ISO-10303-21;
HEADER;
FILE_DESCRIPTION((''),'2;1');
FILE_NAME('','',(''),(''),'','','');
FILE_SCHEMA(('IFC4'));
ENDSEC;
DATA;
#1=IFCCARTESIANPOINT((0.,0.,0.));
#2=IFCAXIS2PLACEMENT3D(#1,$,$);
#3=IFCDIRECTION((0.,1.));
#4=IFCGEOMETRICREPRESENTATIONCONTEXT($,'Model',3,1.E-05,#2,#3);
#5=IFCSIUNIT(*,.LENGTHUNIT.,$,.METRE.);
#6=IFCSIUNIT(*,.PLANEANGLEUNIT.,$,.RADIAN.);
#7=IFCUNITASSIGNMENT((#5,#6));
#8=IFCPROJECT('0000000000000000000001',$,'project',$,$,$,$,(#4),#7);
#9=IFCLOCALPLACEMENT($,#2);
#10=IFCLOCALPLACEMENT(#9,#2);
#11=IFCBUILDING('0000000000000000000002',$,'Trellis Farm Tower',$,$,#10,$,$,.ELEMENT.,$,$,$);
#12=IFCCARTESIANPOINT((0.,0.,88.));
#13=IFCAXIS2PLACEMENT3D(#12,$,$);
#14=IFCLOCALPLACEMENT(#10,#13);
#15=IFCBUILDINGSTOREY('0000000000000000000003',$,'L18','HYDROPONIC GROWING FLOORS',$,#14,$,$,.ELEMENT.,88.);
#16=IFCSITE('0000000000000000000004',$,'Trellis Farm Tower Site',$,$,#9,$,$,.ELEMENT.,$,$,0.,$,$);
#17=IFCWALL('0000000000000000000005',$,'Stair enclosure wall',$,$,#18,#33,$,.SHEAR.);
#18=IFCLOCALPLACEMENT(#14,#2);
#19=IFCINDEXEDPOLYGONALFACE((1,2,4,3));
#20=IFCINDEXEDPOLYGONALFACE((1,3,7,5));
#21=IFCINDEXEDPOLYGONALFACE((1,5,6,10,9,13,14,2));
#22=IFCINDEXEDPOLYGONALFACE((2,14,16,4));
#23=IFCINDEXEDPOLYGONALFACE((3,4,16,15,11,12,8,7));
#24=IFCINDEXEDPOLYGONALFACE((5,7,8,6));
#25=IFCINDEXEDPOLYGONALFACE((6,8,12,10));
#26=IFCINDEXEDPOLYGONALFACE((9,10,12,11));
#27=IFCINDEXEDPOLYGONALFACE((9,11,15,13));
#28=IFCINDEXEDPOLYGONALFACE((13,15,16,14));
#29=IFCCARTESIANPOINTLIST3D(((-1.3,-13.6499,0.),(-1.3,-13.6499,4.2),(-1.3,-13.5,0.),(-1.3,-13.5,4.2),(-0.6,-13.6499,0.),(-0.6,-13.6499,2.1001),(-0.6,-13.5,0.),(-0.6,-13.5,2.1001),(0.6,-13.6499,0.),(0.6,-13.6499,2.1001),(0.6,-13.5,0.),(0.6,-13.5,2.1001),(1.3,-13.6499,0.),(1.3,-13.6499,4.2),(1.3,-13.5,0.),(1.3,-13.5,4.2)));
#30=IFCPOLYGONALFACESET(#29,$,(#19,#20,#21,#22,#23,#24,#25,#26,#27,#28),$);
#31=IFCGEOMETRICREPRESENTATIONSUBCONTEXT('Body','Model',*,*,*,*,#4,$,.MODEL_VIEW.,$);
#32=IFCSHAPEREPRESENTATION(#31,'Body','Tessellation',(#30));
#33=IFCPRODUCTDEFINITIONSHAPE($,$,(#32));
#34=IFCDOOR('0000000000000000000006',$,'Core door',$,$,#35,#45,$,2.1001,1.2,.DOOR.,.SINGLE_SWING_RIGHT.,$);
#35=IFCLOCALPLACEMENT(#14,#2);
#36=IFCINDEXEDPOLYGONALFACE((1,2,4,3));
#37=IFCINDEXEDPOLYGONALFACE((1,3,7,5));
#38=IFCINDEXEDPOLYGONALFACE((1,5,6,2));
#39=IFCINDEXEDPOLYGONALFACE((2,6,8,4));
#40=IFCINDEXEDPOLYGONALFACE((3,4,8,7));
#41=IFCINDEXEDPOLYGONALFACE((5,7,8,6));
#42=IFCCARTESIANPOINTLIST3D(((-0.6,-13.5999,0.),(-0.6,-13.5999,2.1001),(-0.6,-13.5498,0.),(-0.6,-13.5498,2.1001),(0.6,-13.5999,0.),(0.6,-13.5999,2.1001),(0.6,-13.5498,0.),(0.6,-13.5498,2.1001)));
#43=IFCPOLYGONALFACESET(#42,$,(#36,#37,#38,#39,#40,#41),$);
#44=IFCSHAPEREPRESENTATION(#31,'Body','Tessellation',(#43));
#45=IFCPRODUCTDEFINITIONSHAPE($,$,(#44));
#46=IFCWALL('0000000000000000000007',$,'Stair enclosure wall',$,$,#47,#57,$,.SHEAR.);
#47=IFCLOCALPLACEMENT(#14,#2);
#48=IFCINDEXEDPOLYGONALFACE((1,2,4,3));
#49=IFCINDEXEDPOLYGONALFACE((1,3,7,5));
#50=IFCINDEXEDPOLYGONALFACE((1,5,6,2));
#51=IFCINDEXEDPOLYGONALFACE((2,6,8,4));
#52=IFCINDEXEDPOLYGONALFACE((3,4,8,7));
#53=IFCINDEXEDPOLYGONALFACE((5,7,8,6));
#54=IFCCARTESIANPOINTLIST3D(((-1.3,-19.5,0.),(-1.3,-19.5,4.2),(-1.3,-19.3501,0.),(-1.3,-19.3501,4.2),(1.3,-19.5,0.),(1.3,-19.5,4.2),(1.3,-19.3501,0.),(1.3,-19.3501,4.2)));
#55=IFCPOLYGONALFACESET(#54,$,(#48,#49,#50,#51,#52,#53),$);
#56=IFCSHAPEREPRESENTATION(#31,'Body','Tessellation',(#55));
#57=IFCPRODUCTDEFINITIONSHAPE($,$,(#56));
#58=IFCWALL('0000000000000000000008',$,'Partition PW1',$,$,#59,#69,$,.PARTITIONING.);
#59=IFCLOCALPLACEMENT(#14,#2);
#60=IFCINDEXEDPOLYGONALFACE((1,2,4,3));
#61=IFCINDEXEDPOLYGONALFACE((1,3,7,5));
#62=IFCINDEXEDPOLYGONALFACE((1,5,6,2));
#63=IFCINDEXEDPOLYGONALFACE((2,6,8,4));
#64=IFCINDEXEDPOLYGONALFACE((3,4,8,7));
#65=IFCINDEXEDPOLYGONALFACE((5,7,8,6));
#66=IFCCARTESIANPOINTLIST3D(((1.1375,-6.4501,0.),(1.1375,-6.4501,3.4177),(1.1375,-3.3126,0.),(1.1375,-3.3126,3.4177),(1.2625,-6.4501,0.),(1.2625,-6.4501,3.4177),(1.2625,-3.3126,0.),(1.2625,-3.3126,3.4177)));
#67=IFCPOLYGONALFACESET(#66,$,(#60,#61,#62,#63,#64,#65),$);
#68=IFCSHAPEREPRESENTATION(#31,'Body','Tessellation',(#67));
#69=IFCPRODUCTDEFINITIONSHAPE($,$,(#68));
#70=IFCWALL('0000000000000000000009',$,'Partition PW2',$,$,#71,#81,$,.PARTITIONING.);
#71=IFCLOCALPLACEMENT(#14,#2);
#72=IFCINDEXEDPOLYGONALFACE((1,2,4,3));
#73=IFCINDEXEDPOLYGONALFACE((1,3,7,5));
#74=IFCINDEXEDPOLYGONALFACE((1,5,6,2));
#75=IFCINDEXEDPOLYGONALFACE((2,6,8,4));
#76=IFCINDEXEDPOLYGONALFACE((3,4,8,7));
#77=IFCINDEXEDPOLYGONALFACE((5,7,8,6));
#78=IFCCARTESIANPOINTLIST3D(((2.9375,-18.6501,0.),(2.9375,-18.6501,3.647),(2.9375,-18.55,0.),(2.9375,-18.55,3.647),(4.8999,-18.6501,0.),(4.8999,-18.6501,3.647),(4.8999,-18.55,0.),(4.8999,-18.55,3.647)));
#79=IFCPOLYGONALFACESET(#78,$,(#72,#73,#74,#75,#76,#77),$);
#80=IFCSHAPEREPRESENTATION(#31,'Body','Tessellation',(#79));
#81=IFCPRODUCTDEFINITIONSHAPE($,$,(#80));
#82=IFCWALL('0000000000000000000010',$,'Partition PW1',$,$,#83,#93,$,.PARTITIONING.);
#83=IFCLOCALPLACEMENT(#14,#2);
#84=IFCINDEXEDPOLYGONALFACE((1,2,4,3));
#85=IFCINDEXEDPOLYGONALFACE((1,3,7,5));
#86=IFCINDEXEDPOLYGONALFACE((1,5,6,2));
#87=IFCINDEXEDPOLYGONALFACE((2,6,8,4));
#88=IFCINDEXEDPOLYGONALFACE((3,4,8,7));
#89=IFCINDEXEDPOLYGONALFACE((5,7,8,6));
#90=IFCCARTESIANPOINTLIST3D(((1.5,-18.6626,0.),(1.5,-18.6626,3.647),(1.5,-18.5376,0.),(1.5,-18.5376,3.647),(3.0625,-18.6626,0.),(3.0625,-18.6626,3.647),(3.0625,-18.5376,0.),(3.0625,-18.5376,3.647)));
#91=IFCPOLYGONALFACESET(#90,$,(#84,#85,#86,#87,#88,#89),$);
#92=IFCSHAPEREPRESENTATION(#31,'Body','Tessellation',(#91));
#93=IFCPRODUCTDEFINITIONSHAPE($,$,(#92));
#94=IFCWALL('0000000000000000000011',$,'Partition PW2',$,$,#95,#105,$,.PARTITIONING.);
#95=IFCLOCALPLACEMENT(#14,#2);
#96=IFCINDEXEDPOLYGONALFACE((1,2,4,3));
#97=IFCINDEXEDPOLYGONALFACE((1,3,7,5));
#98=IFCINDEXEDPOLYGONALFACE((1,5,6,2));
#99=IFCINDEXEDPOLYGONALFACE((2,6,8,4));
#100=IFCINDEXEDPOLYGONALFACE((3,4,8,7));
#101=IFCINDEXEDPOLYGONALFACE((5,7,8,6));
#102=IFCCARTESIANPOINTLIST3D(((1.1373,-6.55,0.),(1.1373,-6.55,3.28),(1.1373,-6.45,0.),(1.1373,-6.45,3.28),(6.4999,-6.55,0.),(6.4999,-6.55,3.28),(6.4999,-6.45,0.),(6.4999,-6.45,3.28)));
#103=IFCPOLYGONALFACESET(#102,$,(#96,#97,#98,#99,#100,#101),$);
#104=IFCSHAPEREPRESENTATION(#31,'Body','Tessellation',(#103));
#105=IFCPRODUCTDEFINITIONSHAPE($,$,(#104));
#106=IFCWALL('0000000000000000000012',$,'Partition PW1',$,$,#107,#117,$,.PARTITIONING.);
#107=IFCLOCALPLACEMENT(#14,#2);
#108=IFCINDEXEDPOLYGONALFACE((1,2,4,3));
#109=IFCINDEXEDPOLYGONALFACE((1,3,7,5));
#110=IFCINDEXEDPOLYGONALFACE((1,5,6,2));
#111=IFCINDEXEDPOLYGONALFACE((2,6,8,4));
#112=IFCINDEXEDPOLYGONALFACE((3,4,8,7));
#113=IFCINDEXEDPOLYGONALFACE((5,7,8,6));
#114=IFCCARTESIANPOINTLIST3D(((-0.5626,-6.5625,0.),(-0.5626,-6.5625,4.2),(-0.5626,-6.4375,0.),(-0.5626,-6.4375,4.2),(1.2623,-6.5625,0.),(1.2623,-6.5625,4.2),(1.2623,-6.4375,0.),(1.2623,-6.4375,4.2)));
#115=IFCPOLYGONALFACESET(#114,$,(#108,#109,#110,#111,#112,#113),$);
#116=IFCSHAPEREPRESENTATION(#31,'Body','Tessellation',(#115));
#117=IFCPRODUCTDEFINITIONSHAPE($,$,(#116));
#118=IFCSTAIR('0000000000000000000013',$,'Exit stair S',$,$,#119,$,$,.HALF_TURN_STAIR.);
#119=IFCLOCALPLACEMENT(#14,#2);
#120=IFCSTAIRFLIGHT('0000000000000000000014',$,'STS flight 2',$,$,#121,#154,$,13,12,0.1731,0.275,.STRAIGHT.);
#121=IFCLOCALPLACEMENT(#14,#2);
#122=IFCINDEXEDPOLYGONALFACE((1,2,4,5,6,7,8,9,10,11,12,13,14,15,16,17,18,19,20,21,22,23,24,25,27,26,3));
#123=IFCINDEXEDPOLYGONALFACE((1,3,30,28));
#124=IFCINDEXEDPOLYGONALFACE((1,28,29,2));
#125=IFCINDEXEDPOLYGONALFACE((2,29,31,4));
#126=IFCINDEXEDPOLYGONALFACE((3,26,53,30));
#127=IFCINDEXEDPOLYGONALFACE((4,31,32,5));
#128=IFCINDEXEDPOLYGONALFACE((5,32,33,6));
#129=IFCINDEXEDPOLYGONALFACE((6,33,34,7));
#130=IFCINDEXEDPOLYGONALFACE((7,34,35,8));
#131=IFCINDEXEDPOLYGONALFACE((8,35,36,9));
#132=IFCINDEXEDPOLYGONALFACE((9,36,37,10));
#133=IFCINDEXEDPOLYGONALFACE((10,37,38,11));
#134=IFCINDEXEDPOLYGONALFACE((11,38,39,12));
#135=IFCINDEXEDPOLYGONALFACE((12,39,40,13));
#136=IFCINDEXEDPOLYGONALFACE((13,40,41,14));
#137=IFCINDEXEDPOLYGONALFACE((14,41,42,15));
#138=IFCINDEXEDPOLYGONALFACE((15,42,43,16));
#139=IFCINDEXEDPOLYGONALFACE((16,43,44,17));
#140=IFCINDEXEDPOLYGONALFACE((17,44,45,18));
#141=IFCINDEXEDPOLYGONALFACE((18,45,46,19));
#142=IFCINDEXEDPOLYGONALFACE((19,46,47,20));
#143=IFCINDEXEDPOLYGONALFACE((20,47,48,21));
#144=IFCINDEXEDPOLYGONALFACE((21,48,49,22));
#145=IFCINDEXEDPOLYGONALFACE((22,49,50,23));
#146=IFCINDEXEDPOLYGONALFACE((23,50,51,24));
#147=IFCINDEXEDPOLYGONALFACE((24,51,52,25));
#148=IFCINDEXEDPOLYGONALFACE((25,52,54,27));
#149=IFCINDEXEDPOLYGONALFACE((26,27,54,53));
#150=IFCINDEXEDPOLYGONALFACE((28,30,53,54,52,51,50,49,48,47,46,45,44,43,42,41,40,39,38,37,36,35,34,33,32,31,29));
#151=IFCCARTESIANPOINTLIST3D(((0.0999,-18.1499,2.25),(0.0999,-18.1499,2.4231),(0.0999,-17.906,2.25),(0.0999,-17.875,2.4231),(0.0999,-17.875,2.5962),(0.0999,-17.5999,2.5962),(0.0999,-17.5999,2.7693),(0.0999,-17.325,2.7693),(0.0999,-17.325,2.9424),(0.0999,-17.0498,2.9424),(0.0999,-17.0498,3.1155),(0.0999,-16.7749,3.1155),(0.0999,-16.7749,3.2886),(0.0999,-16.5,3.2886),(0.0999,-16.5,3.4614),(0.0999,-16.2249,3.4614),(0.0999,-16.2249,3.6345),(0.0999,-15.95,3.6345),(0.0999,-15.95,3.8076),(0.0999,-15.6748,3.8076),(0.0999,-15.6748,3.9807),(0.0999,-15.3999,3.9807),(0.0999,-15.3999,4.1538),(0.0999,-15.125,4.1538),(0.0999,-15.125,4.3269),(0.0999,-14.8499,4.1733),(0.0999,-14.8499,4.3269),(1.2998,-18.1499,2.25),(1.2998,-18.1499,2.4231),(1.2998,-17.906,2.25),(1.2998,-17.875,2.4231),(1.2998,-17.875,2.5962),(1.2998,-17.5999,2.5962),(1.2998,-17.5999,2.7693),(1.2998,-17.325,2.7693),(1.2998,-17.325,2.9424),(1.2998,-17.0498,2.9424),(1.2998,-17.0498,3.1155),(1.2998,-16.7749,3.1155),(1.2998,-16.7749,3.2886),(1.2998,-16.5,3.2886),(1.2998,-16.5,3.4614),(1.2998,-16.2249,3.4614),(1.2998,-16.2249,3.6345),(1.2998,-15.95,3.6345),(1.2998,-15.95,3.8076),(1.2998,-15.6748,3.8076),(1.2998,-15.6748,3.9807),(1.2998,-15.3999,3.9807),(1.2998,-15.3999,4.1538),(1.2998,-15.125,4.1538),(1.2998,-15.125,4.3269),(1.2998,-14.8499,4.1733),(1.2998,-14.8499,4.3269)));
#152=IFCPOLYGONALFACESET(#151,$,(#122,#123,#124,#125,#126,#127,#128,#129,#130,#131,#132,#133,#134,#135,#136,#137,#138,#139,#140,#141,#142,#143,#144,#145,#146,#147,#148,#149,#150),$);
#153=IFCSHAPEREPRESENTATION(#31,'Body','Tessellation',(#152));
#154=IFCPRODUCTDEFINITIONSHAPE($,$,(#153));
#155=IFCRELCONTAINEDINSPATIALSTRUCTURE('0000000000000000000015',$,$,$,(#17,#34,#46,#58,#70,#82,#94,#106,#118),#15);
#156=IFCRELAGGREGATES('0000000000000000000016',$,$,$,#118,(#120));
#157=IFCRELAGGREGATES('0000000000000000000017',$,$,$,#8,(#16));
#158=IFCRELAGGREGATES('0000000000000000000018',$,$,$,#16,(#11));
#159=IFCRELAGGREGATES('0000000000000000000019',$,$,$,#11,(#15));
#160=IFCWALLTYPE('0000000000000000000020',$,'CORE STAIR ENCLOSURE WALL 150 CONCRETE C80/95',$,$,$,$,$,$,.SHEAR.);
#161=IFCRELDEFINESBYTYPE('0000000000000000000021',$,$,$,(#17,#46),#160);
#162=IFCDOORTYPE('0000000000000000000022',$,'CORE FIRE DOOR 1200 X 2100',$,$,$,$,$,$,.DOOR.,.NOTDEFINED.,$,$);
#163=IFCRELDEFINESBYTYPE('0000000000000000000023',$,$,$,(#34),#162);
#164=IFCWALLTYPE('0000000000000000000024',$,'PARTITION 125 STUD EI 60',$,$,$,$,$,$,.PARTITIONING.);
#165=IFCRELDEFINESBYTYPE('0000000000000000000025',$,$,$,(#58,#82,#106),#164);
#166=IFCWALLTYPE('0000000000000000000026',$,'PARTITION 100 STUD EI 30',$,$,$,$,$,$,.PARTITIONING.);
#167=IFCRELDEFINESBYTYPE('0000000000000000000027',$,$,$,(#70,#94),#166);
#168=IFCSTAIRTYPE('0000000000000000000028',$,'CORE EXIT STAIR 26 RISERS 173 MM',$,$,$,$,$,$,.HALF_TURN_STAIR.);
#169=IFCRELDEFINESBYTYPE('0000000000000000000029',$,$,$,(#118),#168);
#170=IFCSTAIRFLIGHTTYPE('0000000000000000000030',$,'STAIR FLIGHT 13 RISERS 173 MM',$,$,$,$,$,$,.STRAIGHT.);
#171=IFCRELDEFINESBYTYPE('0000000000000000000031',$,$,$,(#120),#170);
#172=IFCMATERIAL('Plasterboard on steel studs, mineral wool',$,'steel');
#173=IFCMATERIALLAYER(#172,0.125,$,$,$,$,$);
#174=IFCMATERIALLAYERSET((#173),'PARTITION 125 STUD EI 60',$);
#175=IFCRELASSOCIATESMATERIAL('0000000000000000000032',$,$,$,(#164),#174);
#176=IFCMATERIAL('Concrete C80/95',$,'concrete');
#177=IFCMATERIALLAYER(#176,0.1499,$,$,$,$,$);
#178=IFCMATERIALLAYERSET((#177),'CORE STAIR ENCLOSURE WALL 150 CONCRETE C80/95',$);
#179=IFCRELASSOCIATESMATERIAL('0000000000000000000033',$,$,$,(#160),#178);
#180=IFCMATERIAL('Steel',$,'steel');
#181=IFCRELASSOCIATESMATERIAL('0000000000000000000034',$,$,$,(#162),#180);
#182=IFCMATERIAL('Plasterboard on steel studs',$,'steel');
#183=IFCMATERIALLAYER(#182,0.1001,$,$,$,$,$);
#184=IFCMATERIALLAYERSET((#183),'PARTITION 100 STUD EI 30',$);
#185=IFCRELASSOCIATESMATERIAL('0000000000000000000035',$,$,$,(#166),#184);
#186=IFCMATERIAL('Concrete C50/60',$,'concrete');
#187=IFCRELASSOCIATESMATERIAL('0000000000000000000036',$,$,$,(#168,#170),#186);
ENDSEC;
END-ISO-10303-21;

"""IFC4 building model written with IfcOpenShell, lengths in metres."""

from ifc_helpers import new_model, si_unit, direction, frame, frame_2d, origin, place, context, subcontext, project, spatial, polyline, rectangle, outline, extrude, source, transform, mapped, material, layer, layer_set, type_object, element, fill, aggregate, save


model = new_model("IFC4")

# Units and contexts
model_context = context("Model", 3, precision=1e-05, world=origin(), true_north=direction((0.0, 1.0)))
body_context = subcontext(model_context, "Body", "Model", "MODEL_VIEW")
ifc_project = project(units=[si_unit("LENGTHUNIT", "METRE"), si_unit("PLANEANGLEUNIT", "RADIAN")], contexts=[model_context])

# Site, building, storey
site_placement = place(None, origin())
site = spatial("IfcSite", under=ifc_project, at=site_placement, Name="Trellis Farm Tower Site", CompositionType="ELEMENT", RefElevation=0.0)
building_placement = place(site_placement, origin())
building = spatial("IfcBuilding", under=site, at=building_placement, Name="Trellis Farm Tower", CompositionType="ELEMENT")
storey_placement = place(building_placement, frame((0.0, 0.0, 88.0)))
storey = spatial("IfcBuildingStorey", under=building, at=storey_placement, Name="L18", Description="HYDROPONIC GROWING FLOORS", CompositionType="ELEMENT", Elevation=88.0)

# Shared definitions
placement_1 = place(storey_placement, origin())

# Shared definitions
ifc_material_1 = material(Name="Plasterboard on steel studs, mineral wool", Category="steel")
ifc_layer_1 = layer(ifc_material_1, 0.125)
ifc_layer_set_1 = layer_set([ifc_layer_1], Name="PARTITION 125 STUD EI 60")
wall_type_1 = type_object("IfcWallType", Name="PARTITION 125 STUD EI 60", PredefinedType="PARTITIONING", material=ifc_layer_set_1)
ifc_material_2 = material(Name="Concrete C80/95", Category="concrete")

# Wall, opening, door
ifc_layer_2 = layer(ifc_material_2, 0.1499)
ifc_layer_set_2 = layer_set([ifc_layer_2], Name="CORE STAIR ENCLOSURE WALL 150 CONCRETE C80/95")
wall_type_2 = type_object("IfcWallType", Name="CORE STAIR ENCLOSURE WALL 150 CONCRETE C80/95", PredefinedType="SHEAR", material=ifc_layer_set_2)
shared_shape_1 = source(origin(), body_context, "Body", "SweptSolid", [
    extrude(rectangle(XDim=2.6001, YDim=0.1499, at=frame_2d((1.3, 0.0))), origin(), (0.0, 0.0, 1.0), 4.2),
])
wall_1_placement = place(storey_placement, frame((1.3, -13.575, 0.0), z_axis=(0.0, 0.0, 1.0), x_axis=(-1.0, 0.0, 0.0)))
wall_1 = element("IfcWall", 1, at=wall_1_placement, inside=storey, type_object=wall_type_2, Name="Stair enclosure wall", PredefinedType="SHEAR", context=body_context, shape_type="MappedRepresentation", body=[
    mapped(shared_shape_1, transform((0.0, 0.0, 0.0))),
])
shared_shape_2 = source(origin(), body_context, "Body", "SweptSolid", [
    extrude(rectangle(XDim=1.2, YDim=2.1001, at=frame_2d((0.6001, 1.05))), frame((0.0, 0.085, 0.0), z_axis=(0.0, -1.0, 0.0), x_axis=(1.0, 0.0, 0.0)), (0.0, 0.0, 1.0), 0.1699),
])
opening_placement = place(wall_1_placement, frame((0.7, 0.0, 0.0)))
opening = element("IfcOpeningElement", 2, at=opening_placement, cuts=wall_1, PredefinedType="OPENING", context=body_context, shape_type="MappedRepresentation", body=[
    mapped(shared_shape_2, transform((0.0, 0.0, 0.0))),
])
ifc_material_3 = material(Name="Steel", Category="steel")
door_type = type_object("IfcDoorType", Name="CORE FIRE DOOR 1200 X 2100", OperationType="NOTDEFINED", PredefinedType="DOOR", material=ifc_material_3)
shared_shape_3 = source(origin(), body_context, "Body", "SweptSolid", [
    extrude(rectangle(XDim=1.2, YDim=2.1001, at=frame_2d((0.6001, 1.05))), frame((0.0, 0.0249, 0.0), z_axis=(0.0, -1.0, 0.0), x_axis=(1.0, 0.0, 0.0)), (0.0, 0.0, 1.0), 0.05),
])
door_placement = place(opening_placement, origin())
door = element("IfcDoor", 3, at=door_placement, inside=storey, type_object=door_type, Name="Core door", OperationType="SINGLE_SWING_RIGHT", OverallHeight=2.1001, OverallWidth=1.2, PredefinedType="DOOR", context=body_context, shape_type="MappedRepresentation", body=[
    mapped(shared_shape_3, transform((0.0, 0.0, 0.0))),
])
fill(opening, door)

# Walls
wall_2_placement = place(storey_placement, frame((1.3, -19.425, 0.0), z_axis=(0.0, 0.0, 1.0), x_axis=(-1.0, 0.0, 0.0)))
element("IfcWall", 4, at=wall_2_placement, inside=storey, type_object=wall_type_2, Name="Stair enclosure wall", PredefinedType="SHEAR", context=body_context, shape_type="MappedRepresentation", body=[
    mapped(shared_shape_1, transform((0.0, 0.0, 0.0))),
])
shared_shape_4 = source(origin(), body_context, "Body", "SweptSolid", [
    extrude(rectangle(XDim=3.1375, YDim=0.125, at=frame_2d((1.5688, 0.0))), origin(), (0.0, 0.0, 1.0), 3.4177),
])
wall_3_placement = place(storey_placement, frame((1.2, -3.3125, 0.0), z_axis=(0.0, 0.0, 1.0), x_axis=(0.0, -1.0, 0.0)))
element("IfcWall", 5, at=wall_3_placement, inside=storey, type_object=wall_type_1, Name="Partition PW1", PredefinedType="PARTITIONING", context=body_context, shape_type="MappedRepresentation", body=[
    mapped(shared_shape_4, transform((0.0, 0.0, 0.0))),
])
ifc_material_4 = material(Name="Plasterboard on steel studs", Category="steel")
ifc_layer_3 = layer(ifc_material_4, 0.1001)
ifc_layer_set_3 = layer_set([ifc_layer_3], Name="PARTITION 100 STUD EI 30")
wall_type_3 = type_object("IfcWallType", Name="PARTITION 100 STUD EI 30", PredefinedType="PARTITIONING", material=ifc_layer_set_3)
shared_shape_5 = source(origin(), body_context, "Body", "SweptSolid", [
    extrude(rectangle(XDim=1.9624, YDim=0.1001, at=frame_2d((0.9812, 0.0))), origin(), (0.0, 0.0, 1.0), 3.647),
])
wall_4_placement = place(storey_placement, frame((2.9375, -18.6001, 0.0), z_axis=(0.0, 0.0, 1.0), x_axis=(1.0, 0.0, 0.0)))
element("IfcWall", 6, at=wall_4_placement, inside=storey, type_object=wall_type_3, Name="Partition PW2", PredefinedType="PARTITIONING", context=body_context, shape_type="MappedRepresentation", body=[
    mapped(shared_shape_5, transform((0.0, 0.0, 0.0))),
])
shared_shape_6 = source(origin(), body_context, "Body", "SweptSolid", [
    extrude(rectangle(XDim=1.5625, YDim=0.125, at=frame_2d((0.7812, 0.0))), origin(), (0.0, 0.0, 1.0), 3.647),
])
wall_5_placement = place(storey_placement, frame((3.0625, -18.6001, 0.0), z_axis=(0.0, 0.0, 1.0), x_axis=(-1.0, 0.0, 0.0)))
element("IfcWall", 7, at=wall_5_placement, inside=storey, type_object=wall_type_1, Name="Partition PW1", PredefinedType="PARTITIONING", context=body_context, shape_type="MappedRepresentation", body=[
    mapped(shared_shape_6, transform((0.0, 0.0, 0.0))),
])
shared_shape_7 = source(origin(), body_context, "Body", "SweptSolid", [
    extrude(rectangle(XDim=5.3625, YDim=0.1001, at=frame_2d((2.6812, 0.0))), origin(), (0.0, 0.0, 1.0), 3.28),
])
wall_6_placement = place(storey_placement, frame((1.1375, -6.5, 0.0), z_axis=(0.0, 0.0, 1.0), x_axis=(1.0, 0.0, 0.0)))
element("IfcWall", 8, at=wall_6_placement, inside=storey, type_object=wall_type_3, Name="Partition PW2", PredefinedType="PARTITIONING", context=body_context, shape_type="MappedRepresentation", body=[
    mapped(shared_shape_7, transform((0.0, 0.0, 0.0))),
])
shared_shape_8 = source(origin(), body_context, "Body", "SweptSolid", [
    extrude(rectangle(XDim=1.825, YDim=0.125, at=frame_2d((0.9126, 0.0))), origin(), (0.0, 0.0, 1.0), 4.2),
])
wall_7_placement = place(storey_placement, frame((1.2625, -6.5, 0.0), z_axis=(0.0, 0.0, 1.0), x_axis=(-1.0, 0.0, 0.0)))
element("IfcWall", 9, at=wall_7_placement, inside=storey, type_object=wall_type_1, Name="Partition PW1", PredefinedType="PARTITIONING", context=body_context, shape_type="MappedRepresentation", body=[
    mapped(shared_shape_8, transform((0.0, 0.0, 0.0))),
])

# Stair, stair flight
ifc_material_5 = material(Name="Concrete C50/60", Category="concrete")
stair_type = type_object("IfcStairType", Name="CORE EXIT STAIR 26 RISERS 173 MM", PredefinedType="HALF_TURN_STAIR", material=ifc_material_5)
stair = element("IfcStair", 10, at=placement_1, inside=storey, type_object=stair_type, Name="Exit stair S", PredefinedType="HALF_TURN_STAIR")
stair_flight_type = type_object("IfcStairFlightType", Name="STAIR FLIGHT 13 RISERS 173 MM", PredefinedType="STRAIGHT", material=ifc_material_5)
shared_shape_9 = source(origin(), body_context, "Body", "SweptSolid", [
    extrude(outline(polyline([(0.0, 0.0), (0.0, 0.1731), (0.2749, 0.1731), (0.2749, 0.3462), (0.55, 0.3462), (0.55, 0.5193), (0.825, 0.5193), (0.825, 0.6924), (1.1001, 0.6924), (1.1001, 0.8655), (1.375, 0.8655), (1.375, 1.0386), (1.6499, 1.0386), (1.6499, 1.2114), (1.925, 1.2114), (1.925, 1.3845), (2.2, 1.3845), (2.2, 1.5576), (2.4751, 1.5576), (2.4751, 1.7307), (2.75, 1.7307), (2.75, 1.9038), (3.0249, 1.9038), (3.0249, 2.0769), (3.3, 2.0769), (3.3, 2.25), (3.3, 1.9233), (0.2439, 0.0), (0.0, 0.0)])), frame((0.0, 0.6001, 0.0), z_axis=(0.0, -1.0, 0.0), x_axis=(1.0, 0.0, 0.0)), (0.0, 0.0, 1.0), 1.2),
])
stair_flight_placement = place(storey_placement, frame((0.7, -18.1499, 2.25), z_axis=(0.0, 0.0, 1.0), x_axis=(0.0, 1.0, 0.0)))
stair_flight = element("IfcStairFlight", 11, at=stair_flight_placement, type_object=stair_flight_type, Name="STS flight 2", NumberOfRisers=13, NumberOfTreads=12, PredefinedType="STRAIGHT", RiserHeight=0.1731, TreadLength=0.275, context=body_context, shape_type="MappedRepresentation", body=[
    mapped(shared_shape_9, transform((0.0, 0.0, 0.0))),
])
aggregate(stair, [stair_flight])

save(model, "model.ifc")
